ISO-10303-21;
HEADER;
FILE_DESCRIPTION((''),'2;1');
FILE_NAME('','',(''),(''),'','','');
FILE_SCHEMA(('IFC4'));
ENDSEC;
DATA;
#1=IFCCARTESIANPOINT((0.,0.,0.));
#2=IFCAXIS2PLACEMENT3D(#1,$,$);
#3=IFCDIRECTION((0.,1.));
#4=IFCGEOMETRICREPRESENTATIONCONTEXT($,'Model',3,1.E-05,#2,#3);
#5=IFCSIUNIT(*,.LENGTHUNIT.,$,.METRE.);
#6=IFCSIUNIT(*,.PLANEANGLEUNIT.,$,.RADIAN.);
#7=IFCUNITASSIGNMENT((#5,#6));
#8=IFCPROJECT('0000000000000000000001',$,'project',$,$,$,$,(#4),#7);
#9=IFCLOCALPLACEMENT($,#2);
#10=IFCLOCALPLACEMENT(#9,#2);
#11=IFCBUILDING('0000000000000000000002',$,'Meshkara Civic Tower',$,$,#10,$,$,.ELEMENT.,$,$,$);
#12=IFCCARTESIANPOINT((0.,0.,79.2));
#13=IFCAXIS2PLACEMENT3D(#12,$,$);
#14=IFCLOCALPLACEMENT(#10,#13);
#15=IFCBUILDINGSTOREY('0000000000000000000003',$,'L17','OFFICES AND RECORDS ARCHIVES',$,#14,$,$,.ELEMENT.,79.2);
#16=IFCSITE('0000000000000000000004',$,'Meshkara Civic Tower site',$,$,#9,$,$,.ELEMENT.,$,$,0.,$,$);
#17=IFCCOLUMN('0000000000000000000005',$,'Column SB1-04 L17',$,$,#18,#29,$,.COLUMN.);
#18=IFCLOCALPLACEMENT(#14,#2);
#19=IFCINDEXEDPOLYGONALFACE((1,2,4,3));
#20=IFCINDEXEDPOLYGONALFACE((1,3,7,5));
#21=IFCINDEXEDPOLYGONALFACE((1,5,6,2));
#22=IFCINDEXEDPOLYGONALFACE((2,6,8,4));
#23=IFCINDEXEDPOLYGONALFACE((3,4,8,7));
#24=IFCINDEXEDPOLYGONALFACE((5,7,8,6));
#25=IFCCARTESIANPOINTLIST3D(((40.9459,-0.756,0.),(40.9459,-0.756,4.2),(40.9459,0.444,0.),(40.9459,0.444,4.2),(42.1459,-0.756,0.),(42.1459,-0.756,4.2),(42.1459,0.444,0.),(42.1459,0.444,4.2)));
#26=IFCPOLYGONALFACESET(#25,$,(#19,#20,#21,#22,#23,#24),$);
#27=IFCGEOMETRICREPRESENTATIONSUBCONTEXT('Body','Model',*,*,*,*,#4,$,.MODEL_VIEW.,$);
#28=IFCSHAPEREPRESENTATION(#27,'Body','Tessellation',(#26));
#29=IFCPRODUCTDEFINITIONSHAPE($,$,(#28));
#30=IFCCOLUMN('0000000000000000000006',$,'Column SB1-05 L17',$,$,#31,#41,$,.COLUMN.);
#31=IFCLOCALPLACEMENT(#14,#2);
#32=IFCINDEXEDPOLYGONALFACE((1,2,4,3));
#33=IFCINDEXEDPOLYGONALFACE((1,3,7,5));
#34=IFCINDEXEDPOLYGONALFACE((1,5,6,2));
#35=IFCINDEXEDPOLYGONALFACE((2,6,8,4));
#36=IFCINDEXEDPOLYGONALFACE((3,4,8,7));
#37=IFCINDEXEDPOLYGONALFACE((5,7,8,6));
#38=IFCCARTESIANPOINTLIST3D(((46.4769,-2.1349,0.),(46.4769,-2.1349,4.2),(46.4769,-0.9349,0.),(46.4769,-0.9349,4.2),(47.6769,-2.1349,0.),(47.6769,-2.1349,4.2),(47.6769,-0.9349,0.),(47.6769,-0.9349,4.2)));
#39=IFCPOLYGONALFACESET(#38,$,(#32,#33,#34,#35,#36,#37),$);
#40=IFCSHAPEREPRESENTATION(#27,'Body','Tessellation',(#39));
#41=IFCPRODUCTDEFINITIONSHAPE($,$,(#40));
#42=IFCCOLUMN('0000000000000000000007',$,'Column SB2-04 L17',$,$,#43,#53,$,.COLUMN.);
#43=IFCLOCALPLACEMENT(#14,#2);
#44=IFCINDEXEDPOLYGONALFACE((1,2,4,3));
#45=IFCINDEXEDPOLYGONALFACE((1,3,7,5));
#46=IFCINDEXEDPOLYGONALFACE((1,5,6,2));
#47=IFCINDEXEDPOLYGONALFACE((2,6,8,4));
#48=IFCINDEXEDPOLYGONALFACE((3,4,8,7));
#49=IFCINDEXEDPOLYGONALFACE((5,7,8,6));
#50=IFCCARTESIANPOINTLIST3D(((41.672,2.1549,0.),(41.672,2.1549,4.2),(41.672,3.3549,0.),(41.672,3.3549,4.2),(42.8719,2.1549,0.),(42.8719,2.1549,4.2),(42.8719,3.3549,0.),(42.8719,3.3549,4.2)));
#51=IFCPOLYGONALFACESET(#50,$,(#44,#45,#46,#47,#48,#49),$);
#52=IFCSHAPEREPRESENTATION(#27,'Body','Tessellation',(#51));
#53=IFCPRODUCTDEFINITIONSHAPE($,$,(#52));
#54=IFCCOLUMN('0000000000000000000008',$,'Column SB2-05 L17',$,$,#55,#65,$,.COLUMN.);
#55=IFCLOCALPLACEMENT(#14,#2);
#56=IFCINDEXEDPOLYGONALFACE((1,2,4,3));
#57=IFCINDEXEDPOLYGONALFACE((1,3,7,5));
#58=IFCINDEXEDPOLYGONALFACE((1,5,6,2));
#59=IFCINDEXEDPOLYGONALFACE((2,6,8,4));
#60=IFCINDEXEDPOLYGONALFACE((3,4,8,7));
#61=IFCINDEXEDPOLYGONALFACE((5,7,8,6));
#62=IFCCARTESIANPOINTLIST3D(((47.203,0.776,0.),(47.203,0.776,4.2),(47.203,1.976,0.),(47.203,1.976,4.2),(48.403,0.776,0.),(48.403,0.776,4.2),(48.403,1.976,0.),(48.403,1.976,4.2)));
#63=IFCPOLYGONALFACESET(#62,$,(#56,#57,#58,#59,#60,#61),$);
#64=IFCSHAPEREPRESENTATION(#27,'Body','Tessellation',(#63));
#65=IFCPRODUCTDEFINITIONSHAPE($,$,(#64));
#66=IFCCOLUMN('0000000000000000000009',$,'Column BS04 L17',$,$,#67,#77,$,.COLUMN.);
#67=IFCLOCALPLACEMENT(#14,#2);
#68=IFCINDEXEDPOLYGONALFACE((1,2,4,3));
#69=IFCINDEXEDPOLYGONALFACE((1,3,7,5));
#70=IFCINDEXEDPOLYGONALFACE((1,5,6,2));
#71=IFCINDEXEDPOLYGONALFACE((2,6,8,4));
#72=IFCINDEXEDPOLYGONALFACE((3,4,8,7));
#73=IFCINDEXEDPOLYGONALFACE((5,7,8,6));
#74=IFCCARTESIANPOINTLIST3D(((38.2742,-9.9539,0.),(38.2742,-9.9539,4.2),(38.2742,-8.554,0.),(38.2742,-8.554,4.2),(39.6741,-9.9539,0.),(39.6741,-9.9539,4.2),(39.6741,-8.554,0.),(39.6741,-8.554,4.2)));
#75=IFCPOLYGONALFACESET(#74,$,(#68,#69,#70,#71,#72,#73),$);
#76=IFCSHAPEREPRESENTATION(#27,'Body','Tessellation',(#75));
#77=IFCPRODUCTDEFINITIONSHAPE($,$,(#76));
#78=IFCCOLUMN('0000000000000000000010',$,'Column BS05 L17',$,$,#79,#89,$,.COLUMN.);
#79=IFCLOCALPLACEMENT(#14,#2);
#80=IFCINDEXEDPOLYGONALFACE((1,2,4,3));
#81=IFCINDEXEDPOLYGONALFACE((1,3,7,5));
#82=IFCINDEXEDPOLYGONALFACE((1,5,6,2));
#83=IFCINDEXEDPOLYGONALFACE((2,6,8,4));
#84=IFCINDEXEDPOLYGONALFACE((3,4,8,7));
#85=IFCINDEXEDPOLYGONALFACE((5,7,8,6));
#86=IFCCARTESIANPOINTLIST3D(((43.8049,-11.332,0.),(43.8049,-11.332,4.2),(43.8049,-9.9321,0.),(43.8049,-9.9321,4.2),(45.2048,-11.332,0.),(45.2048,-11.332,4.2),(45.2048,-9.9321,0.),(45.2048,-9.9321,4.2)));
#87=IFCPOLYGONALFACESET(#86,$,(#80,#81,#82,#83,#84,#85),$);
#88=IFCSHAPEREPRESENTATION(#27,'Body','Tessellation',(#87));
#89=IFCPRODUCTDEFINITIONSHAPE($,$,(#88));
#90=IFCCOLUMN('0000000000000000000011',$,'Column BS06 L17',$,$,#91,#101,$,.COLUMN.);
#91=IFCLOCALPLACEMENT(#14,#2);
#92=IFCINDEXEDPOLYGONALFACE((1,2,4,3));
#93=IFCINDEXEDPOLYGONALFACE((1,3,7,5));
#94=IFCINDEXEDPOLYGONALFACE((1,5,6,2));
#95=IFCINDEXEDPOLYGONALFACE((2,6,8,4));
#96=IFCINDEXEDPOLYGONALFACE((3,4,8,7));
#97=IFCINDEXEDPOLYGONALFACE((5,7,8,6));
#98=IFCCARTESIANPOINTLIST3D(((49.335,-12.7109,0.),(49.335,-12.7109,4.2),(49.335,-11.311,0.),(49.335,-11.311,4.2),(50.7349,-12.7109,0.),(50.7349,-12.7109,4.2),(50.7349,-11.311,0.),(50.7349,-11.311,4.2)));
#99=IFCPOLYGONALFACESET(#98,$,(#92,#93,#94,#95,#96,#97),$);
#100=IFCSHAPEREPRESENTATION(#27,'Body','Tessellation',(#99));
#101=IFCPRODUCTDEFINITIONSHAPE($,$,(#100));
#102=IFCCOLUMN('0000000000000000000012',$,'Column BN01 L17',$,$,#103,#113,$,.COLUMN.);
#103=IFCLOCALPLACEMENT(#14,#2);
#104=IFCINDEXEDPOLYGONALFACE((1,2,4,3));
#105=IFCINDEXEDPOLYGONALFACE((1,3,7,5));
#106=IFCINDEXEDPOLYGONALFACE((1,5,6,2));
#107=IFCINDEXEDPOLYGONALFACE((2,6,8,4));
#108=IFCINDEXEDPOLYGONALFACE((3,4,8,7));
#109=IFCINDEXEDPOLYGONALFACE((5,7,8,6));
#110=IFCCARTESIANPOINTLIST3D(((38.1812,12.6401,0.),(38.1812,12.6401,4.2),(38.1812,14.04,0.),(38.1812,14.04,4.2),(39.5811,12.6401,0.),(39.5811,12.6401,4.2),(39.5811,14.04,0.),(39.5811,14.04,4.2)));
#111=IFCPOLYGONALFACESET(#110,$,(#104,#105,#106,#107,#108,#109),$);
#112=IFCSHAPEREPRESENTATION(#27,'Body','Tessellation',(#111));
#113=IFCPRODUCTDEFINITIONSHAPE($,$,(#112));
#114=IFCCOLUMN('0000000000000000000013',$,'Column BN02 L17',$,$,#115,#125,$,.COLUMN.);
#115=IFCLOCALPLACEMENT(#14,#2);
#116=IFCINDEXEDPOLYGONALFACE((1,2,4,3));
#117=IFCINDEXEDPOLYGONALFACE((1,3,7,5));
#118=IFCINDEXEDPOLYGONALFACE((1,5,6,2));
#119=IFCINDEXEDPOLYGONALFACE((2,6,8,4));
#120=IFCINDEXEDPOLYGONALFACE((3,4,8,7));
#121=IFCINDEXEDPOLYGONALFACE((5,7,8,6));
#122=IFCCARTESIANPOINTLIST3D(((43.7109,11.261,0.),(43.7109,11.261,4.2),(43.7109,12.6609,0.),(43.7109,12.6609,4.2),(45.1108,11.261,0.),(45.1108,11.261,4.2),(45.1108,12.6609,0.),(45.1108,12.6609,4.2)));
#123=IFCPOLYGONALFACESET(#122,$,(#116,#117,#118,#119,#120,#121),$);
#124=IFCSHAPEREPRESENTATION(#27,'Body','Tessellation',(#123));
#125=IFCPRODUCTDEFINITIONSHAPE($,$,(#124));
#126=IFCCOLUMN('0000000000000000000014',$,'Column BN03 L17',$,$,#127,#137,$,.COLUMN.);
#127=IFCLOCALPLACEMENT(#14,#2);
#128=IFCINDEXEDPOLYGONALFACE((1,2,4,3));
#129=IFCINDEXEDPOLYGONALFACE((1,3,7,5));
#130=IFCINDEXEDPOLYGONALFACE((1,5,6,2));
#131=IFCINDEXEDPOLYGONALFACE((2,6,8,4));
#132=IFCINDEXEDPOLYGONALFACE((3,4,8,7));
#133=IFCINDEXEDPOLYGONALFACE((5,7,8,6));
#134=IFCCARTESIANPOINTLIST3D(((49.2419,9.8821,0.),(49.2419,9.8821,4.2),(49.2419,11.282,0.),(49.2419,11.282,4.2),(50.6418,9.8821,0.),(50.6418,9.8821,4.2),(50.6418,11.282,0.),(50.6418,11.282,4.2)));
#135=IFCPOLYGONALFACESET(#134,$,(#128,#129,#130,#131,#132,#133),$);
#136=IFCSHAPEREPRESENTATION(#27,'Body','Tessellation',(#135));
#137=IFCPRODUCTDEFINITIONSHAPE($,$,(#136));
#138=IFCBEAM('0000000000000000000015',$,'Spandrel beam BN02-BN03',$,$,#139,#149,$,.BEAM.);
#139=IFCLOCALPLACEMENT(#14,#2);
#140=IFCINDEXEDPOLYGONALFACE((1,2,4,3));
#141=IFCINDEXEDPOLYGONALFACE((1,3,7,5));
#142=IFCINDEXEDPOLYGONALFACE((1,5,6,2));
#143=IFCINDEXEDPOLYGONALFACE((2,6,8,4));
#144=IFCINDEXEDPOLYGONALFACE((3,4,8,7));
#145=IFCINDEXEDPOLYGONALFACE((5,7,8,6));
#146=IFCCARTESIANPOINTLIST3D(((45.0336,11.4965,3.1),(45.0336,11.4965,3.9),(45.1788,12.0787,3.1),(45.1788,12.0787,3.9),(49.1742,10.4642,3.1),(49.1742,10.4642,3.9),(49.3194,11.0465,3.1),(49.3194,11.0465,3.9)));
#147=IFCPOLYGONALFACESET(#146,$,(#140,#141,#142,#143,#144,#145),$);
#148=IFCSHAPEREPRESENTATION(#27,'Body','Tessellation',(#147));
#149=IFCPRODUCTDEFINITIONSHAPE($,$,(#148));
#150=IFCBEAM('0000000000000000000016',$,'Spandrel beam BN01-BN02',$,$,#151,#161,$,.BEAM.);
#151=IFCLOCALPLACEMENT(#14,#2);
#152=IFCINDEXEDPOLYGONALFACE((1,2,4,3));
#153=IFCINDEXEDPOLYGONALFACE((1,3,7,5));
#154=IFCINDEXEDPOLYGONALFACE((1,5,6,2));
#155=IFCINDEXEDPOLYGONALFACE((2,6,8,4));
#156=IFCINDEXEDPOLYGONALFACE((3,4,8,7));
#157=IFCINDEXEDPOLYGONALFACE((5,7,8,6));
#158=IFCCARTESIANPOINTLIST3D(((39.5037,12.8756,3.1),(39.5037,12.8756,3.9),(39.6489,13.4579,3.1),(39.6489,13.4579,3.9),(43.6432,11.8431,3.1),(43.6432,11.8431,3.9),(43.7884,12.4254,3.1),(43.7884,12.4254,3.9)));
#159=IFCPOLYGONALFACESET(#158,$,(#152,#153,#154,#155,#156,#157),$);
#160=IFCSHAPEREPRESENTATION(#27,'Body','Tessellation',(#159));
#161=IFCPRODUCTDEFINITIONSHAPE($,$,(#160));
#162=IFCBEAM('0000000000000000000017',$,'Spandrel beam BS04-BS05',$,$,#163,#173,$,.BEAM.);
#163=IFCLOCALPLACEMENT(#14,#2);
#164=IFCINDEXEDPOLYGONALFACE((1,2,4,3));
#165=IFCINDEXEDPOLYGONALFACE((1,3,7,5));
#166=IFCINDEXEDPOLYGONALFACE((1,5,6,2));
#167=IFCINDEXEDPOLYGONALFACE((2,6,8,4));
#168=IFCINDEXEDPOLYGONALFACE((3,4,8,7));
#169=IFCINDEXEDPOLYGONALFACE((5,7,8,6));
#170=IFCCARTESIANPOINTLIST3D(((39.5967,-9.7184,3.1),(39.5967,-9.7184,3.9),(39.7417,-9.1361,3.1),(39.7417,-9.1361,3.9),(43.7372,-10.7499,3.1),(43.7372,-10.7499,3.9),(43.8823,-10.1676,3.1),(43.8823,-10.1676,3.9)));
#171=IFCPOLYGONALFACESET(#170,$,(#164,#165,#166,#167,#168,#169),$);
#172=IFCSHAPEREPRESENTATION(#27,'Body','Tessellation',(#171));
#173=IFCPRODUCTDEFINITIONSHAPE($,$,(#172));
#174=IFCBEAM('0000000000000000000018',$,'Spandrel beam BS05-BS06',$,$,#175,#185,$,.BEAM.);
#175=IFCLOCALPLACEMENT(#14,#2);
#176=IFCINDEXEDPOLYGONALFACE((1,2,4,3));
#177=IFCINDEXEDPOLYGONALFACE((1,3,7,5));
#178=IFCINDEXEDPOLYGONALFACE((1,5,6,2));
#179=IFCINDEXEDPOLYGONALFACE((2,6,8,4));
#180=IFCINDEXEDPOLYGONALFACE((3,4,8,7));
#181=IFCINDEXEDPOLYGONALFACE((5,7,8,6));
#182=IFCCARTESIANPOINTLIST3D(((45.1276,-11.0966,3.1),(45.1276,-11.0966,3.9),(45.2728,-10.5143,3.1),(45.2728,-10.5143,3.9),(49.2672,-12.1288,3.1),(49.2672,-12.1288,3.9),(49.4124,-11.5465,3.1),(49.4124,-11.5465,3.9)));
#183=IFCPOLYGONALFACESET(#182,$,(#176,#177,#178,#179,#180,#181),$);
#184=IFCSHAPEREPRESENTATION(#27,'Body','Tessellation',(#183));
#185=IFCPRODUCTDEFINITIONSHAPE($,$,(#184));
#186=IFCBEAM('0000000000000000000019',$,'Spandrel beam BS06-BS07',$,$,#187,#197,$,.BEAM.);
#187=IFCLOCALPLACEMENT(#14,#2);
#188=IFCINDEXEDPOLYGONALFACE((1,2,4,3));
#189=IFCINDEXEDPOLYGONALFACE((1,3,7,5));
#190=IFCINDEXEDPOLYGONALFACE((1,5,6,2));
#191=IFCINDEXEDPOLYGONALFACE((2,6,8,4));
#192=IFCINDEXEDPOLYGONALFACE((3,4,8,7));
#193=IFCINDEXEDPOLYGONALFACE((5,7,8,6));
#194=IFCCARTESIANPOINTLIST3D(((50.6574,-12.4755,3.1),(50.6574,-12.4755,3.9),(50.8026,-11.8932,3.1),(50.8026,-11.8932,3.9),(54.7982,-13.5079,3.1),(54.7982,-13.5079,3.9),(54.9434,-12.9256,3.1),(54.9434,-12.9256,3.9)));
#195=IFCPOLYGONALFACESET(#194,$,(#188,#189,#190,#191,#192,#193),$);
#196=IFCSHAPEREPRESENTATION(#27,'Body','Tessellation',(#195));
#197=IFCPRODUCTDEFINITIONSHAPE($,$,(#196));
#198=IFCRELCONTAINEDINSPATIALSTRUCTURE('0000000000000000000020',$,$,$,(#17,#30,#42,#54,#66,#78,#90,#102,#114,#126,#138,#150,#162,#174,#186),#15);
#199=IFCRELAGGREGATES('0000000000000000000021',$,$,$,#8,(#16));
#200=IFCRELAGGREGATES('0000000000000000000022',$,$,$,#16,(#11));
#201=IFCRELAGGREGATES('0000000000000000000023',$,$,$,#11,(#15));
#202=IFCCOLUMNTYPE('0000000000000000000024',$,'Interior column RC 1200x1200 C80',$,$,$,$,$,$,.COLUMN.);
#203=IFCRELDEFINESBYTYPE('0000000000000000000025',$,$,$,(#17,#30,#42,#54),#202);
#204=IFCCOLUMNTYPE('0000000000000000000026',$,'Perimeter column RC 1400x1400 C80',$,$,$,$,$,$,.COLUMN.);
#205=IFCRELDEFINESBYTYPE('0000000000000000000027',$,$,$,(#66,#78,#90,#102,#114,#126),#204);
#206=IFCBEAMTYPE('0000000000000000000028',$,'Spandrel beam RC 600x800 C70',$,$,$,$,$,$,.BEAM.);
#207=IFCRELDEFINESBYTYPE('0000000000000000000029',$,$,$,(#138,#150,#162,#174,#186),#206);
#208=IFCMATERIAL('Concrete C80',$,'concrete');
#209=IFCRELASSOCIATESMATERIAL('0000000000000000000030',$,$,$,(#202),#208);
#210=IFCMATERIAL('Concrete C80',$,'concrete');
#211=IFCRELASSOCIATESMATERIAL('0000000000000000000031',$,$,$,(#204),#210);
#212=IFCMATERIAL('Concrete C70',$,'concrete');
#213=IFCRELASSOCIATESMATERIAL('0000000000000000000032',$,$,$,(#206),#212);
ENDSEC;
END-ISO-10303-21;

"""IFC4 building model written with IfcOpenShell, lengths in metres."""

from ifc_helpers import new_model, si_unit, direction, frame, origin, origin_2d, place, context, subcontext, project, spatial, rectangle, extrude, material, material_profile, profile_set, type_object, element, save


model = new_model("IFC4")

# Units and contexts
model_context = context("Model", 3, precision=1e-05, world=origin(), true_north=direction((0.0, 1.0)))
body_context = subcontext(model_context, "Body", "Model", "MODEL_VIEW")
ifc_project = project(units=[si_unit("LENGTHUNIT", "METRE"), si_unit("PLANEANGLEUNIT", "RADIAN")], contexts=[model_context])

# Site, building, storey
site_placement = place(None, origin())
site = spatial("IfcSite", under=ifc_project, at=site_placement, Name="Meshkara Civic Tower site", CompositionType="ELEMENT", RefElevation=0.0)
building_placement = place(site_placement, origin())
building = spatial("IfcBuilding", under=site, at=building_placement, Name="Meshkara Civic Tower", CompositionType="ELEMENT")
storey_placement = place(building_placement, frame((0.0, 0.0, 79.2)))
storey = spatial("IfcBuildingStorey", under=building, at=storey_placement, Name="L17", Description="OFFICES AND RECORDS ARCHIVES", CompositionType="ELEMENT", Elevation=79.2)

# Columns
ifc_material_1 = material(Name="Concrete C80", Category="concrete")
ifc_material_profile_1 = material_profile(ifc_material_1, rectangle(XDim=1.2, YDim=1.2, at=origin_2d()))
ifc_profile_set_1 = profile_set([ifc_material_profile_1], Name="Concrete C80")
column_type_1 = type_object("IfcColumnType", Name="Interior column RC 1200x1200 C80", PredefinedType="COLUMN", material=ifc_profile_set_1)
for number, where, z_axis, x_axis, name in (
    (1, (41.5459, -0.156, 0.0), (0.0, 0.0, 1.0), (1.0, 0.0, 0.0), "Column SB1-04 L17"),
    (2, (47.0769, -1.5349, 0.0), (0.0, 0.0, 1.0), (1.0, 0.0, 0.0), "Column SB1-05 L17"),
    (3, (42.272, 2.7549, 0.0), (0.0, 0.0, 1.0), (1.0, 0.0, 0.0), "Column SB2-04 L17"),
    (4, (47.803, 1.376, 0.0), (0.0, 0.0, 1.0), (1.0, 0.0, 0.0), "Column SB2-05 L17"),
):
    element("IfcColumn", number, at=place(storey_placement, frame(where, z_axis=z_axis, x_axis=x_axis)), inside=storey, type_object=column_type_1, Name=name, PredefinedType="COLUMN", context=body_context, shape_type="SweptSolid", body=[
        extrude(rectangle(XDim=1.2, YDim=1.2, at=origin_2d()), origin(), (0.0, 0.0, 1.0), 4.2),
    ])
ifc_material_2 = material(Name="Concrete C80", Category="concrete")
ifc_material_profile_2 = material_profile(ifc_material_2, rectangle(XDim=1.3999, YDim=1.3999, at=origin_2d()))
ifc_profile_set_2 = profile_set([ifc_material_profile_2], Name="Concrete C80")
column_type_2 = type_object("IfcColumnType", Name="Perimeter column RC 1400x1400 C80", PredefinedType="COLUMN", material=ifc_profile_set_2)
for number, where, z_axis, x_axis, name in (
    (5, (38.9741, -9.2539, 0.0), (0.0, 0.0, 1.0), (1.0, 0.0, 0.0), "Column BS04 L17"),
    (6, (44.5049, -10.6321, 0.0), (0.0, 0.0, 1.0), (1.0, 0.0, 0.0), "Column BS05 L17"),
    (7, (50.0349, -12.011, 0.0), (0.0, 0.0, 1.0), (1.0, 0.0, 0.0), "Column BS06 L17"),
    (8, (38.8811, 13.3401, 0.0), (0.0, 0.0, 1.0), (1.0, 0.0, 0.0), "Column BN01 L17"),
    (9, (44.4109, 11.9609, 0.0), (0.0, 0.0, 1.0), (1.0, 0.0, 0.0), "Column BN02 L17"),
    (10, (49.9419, 10.582, 0.0), (0.0, 0.0, 1.0), (1.0, 0.0, 0.0), "Column BN03 L17"),
):
    element("IfcColumn", number, at=place(storey_placement, frame(where, z_axis=z_axis, x_axis=x_axis)), inside=storey, type_object=column_type_2, Name=name, PredefinedType="COLUMN", context=body_context, shape_type="SweptSolid", body=[
        extrude(rectangle(XDim=1.3999, YDim=1.3999, at=origin_2d()), origin(), (0.0, 0.0, 1.0), 4.2),
    ])

# Beams
ifc_material_3 = material(Name="Concrete C70", Category="concrete")
ifc_material_profile_3 = material_profile(ifc_material_3, rectangle(XDim=0.6001, YDim=0.8, at=origin_2d()))
ifc_profile_set_3 = profile_set([ifc_material_profile_3], Name="Concrete C70")
beam_type = type_object("IfcBeamType", Name="Spandrel beam RC 600x800 C70", PredefinedType="BEAM", material=ifc_profile_set_3)
beam_1_placement = place(storey_placement, frame((49.2468, 10.7554, 3.5), z_axis=(-0.970304, 0.241889, 0.0), x_axis=(-0.241889, -0.970304, 0.0)))
element("IfcBeam", 11, at=beam_1_placement, inside=storey, type_object=beam_type, Name="Spandrel beam BN02-BN03", PredefinedType="BEAM", context=body_context, shape_type="SweptSolid", body=[
    extrude(rectangle(XDim=0.6001, YDim=0.8, at=origin_2d()), origin(), (0.0, 0.0, 1.0), 4.2673),
])
beam_2_placement = place(storey_placement, frame((43.7158, 12.1343, 3.5), z_axis=(-0.970277, 0.241997, 0.0), x_axis=(-0.241997, -0.970277, 0.0)))
element("IfcBeam", 12, at=beam_2_placement, inside=storey, type_object=beam_type, Name="Spandrel beam BN01-BN02", PredefinedType="BEAM", context=body_context, shape_type="SweptSolid", body=[
    extrude(rectangle(XDim=0.6001, YDim=0.8, at=origin_2d()), origin(), (0.0, 0.0, 1.0), 4.2664),
])
beam_3_placement = place(storey_placement, frame((39.6692, -9.4272, 3.5), z_axis=(0.970344, -0.241728, 0.0), x_axis=(0.241728, 0.970344, 0.0)))
element("IfcBeam", 13, at=beam_3_placement, inside=storey, type_object=beam_type, Name="Spandrel beam BS04-BS05", PredefinedType="BEAM", context=body_context, shape_type="SweptSolid", body=[
    extrude(rectangle(XDim=0.6001, YDim=0.8, at=origin_2d()), origin(), (0.0, 0.0, 1.0), 4.2671),
])
beam_4_placement = place(storey_placement, frame((45.2002, -10.8054, 3.5), z_axis=(0.97029, -0.241943, 0.0), x_axis=(0.241943, 0.97029, 0.0)))
element("IfcBeam", 14, at=beam_4_placement, inside=storey, type_object=beam_type, Name="Spandrel beam BS05-BS06", PredefinedType="BEAM", context=body_context, shape_type="SweptSolid", body=[
    extrude(rectangle(XDim=0.6001, YDim=0.8, at=origin_2d()), origin(), (0.0, 0.0, 1.0), 4.2664),
])
beam_5_placement = place(storey_placement, frame((50.73, -12.1843, 3.5), z_axis=(0.970294, -0.24193, 0.0), x_axis=(0.24193, 0.970294, 0.0)))
element("IfcBeam", 15, at=beam_5_placement, inside=storey, type_object=beam_type, Name="Spandrel beam BS06-BS07", PredefinedType="BEAM", context=body_context, shape_type="SweptSolid", body=[
    extrude(rectangle(XDim=0.6001, YDim=0.8, at=origin_2d()), origin(), (0.0, 0.0, 1.0), 4.2676),
])

save(model, "model.ifc")
